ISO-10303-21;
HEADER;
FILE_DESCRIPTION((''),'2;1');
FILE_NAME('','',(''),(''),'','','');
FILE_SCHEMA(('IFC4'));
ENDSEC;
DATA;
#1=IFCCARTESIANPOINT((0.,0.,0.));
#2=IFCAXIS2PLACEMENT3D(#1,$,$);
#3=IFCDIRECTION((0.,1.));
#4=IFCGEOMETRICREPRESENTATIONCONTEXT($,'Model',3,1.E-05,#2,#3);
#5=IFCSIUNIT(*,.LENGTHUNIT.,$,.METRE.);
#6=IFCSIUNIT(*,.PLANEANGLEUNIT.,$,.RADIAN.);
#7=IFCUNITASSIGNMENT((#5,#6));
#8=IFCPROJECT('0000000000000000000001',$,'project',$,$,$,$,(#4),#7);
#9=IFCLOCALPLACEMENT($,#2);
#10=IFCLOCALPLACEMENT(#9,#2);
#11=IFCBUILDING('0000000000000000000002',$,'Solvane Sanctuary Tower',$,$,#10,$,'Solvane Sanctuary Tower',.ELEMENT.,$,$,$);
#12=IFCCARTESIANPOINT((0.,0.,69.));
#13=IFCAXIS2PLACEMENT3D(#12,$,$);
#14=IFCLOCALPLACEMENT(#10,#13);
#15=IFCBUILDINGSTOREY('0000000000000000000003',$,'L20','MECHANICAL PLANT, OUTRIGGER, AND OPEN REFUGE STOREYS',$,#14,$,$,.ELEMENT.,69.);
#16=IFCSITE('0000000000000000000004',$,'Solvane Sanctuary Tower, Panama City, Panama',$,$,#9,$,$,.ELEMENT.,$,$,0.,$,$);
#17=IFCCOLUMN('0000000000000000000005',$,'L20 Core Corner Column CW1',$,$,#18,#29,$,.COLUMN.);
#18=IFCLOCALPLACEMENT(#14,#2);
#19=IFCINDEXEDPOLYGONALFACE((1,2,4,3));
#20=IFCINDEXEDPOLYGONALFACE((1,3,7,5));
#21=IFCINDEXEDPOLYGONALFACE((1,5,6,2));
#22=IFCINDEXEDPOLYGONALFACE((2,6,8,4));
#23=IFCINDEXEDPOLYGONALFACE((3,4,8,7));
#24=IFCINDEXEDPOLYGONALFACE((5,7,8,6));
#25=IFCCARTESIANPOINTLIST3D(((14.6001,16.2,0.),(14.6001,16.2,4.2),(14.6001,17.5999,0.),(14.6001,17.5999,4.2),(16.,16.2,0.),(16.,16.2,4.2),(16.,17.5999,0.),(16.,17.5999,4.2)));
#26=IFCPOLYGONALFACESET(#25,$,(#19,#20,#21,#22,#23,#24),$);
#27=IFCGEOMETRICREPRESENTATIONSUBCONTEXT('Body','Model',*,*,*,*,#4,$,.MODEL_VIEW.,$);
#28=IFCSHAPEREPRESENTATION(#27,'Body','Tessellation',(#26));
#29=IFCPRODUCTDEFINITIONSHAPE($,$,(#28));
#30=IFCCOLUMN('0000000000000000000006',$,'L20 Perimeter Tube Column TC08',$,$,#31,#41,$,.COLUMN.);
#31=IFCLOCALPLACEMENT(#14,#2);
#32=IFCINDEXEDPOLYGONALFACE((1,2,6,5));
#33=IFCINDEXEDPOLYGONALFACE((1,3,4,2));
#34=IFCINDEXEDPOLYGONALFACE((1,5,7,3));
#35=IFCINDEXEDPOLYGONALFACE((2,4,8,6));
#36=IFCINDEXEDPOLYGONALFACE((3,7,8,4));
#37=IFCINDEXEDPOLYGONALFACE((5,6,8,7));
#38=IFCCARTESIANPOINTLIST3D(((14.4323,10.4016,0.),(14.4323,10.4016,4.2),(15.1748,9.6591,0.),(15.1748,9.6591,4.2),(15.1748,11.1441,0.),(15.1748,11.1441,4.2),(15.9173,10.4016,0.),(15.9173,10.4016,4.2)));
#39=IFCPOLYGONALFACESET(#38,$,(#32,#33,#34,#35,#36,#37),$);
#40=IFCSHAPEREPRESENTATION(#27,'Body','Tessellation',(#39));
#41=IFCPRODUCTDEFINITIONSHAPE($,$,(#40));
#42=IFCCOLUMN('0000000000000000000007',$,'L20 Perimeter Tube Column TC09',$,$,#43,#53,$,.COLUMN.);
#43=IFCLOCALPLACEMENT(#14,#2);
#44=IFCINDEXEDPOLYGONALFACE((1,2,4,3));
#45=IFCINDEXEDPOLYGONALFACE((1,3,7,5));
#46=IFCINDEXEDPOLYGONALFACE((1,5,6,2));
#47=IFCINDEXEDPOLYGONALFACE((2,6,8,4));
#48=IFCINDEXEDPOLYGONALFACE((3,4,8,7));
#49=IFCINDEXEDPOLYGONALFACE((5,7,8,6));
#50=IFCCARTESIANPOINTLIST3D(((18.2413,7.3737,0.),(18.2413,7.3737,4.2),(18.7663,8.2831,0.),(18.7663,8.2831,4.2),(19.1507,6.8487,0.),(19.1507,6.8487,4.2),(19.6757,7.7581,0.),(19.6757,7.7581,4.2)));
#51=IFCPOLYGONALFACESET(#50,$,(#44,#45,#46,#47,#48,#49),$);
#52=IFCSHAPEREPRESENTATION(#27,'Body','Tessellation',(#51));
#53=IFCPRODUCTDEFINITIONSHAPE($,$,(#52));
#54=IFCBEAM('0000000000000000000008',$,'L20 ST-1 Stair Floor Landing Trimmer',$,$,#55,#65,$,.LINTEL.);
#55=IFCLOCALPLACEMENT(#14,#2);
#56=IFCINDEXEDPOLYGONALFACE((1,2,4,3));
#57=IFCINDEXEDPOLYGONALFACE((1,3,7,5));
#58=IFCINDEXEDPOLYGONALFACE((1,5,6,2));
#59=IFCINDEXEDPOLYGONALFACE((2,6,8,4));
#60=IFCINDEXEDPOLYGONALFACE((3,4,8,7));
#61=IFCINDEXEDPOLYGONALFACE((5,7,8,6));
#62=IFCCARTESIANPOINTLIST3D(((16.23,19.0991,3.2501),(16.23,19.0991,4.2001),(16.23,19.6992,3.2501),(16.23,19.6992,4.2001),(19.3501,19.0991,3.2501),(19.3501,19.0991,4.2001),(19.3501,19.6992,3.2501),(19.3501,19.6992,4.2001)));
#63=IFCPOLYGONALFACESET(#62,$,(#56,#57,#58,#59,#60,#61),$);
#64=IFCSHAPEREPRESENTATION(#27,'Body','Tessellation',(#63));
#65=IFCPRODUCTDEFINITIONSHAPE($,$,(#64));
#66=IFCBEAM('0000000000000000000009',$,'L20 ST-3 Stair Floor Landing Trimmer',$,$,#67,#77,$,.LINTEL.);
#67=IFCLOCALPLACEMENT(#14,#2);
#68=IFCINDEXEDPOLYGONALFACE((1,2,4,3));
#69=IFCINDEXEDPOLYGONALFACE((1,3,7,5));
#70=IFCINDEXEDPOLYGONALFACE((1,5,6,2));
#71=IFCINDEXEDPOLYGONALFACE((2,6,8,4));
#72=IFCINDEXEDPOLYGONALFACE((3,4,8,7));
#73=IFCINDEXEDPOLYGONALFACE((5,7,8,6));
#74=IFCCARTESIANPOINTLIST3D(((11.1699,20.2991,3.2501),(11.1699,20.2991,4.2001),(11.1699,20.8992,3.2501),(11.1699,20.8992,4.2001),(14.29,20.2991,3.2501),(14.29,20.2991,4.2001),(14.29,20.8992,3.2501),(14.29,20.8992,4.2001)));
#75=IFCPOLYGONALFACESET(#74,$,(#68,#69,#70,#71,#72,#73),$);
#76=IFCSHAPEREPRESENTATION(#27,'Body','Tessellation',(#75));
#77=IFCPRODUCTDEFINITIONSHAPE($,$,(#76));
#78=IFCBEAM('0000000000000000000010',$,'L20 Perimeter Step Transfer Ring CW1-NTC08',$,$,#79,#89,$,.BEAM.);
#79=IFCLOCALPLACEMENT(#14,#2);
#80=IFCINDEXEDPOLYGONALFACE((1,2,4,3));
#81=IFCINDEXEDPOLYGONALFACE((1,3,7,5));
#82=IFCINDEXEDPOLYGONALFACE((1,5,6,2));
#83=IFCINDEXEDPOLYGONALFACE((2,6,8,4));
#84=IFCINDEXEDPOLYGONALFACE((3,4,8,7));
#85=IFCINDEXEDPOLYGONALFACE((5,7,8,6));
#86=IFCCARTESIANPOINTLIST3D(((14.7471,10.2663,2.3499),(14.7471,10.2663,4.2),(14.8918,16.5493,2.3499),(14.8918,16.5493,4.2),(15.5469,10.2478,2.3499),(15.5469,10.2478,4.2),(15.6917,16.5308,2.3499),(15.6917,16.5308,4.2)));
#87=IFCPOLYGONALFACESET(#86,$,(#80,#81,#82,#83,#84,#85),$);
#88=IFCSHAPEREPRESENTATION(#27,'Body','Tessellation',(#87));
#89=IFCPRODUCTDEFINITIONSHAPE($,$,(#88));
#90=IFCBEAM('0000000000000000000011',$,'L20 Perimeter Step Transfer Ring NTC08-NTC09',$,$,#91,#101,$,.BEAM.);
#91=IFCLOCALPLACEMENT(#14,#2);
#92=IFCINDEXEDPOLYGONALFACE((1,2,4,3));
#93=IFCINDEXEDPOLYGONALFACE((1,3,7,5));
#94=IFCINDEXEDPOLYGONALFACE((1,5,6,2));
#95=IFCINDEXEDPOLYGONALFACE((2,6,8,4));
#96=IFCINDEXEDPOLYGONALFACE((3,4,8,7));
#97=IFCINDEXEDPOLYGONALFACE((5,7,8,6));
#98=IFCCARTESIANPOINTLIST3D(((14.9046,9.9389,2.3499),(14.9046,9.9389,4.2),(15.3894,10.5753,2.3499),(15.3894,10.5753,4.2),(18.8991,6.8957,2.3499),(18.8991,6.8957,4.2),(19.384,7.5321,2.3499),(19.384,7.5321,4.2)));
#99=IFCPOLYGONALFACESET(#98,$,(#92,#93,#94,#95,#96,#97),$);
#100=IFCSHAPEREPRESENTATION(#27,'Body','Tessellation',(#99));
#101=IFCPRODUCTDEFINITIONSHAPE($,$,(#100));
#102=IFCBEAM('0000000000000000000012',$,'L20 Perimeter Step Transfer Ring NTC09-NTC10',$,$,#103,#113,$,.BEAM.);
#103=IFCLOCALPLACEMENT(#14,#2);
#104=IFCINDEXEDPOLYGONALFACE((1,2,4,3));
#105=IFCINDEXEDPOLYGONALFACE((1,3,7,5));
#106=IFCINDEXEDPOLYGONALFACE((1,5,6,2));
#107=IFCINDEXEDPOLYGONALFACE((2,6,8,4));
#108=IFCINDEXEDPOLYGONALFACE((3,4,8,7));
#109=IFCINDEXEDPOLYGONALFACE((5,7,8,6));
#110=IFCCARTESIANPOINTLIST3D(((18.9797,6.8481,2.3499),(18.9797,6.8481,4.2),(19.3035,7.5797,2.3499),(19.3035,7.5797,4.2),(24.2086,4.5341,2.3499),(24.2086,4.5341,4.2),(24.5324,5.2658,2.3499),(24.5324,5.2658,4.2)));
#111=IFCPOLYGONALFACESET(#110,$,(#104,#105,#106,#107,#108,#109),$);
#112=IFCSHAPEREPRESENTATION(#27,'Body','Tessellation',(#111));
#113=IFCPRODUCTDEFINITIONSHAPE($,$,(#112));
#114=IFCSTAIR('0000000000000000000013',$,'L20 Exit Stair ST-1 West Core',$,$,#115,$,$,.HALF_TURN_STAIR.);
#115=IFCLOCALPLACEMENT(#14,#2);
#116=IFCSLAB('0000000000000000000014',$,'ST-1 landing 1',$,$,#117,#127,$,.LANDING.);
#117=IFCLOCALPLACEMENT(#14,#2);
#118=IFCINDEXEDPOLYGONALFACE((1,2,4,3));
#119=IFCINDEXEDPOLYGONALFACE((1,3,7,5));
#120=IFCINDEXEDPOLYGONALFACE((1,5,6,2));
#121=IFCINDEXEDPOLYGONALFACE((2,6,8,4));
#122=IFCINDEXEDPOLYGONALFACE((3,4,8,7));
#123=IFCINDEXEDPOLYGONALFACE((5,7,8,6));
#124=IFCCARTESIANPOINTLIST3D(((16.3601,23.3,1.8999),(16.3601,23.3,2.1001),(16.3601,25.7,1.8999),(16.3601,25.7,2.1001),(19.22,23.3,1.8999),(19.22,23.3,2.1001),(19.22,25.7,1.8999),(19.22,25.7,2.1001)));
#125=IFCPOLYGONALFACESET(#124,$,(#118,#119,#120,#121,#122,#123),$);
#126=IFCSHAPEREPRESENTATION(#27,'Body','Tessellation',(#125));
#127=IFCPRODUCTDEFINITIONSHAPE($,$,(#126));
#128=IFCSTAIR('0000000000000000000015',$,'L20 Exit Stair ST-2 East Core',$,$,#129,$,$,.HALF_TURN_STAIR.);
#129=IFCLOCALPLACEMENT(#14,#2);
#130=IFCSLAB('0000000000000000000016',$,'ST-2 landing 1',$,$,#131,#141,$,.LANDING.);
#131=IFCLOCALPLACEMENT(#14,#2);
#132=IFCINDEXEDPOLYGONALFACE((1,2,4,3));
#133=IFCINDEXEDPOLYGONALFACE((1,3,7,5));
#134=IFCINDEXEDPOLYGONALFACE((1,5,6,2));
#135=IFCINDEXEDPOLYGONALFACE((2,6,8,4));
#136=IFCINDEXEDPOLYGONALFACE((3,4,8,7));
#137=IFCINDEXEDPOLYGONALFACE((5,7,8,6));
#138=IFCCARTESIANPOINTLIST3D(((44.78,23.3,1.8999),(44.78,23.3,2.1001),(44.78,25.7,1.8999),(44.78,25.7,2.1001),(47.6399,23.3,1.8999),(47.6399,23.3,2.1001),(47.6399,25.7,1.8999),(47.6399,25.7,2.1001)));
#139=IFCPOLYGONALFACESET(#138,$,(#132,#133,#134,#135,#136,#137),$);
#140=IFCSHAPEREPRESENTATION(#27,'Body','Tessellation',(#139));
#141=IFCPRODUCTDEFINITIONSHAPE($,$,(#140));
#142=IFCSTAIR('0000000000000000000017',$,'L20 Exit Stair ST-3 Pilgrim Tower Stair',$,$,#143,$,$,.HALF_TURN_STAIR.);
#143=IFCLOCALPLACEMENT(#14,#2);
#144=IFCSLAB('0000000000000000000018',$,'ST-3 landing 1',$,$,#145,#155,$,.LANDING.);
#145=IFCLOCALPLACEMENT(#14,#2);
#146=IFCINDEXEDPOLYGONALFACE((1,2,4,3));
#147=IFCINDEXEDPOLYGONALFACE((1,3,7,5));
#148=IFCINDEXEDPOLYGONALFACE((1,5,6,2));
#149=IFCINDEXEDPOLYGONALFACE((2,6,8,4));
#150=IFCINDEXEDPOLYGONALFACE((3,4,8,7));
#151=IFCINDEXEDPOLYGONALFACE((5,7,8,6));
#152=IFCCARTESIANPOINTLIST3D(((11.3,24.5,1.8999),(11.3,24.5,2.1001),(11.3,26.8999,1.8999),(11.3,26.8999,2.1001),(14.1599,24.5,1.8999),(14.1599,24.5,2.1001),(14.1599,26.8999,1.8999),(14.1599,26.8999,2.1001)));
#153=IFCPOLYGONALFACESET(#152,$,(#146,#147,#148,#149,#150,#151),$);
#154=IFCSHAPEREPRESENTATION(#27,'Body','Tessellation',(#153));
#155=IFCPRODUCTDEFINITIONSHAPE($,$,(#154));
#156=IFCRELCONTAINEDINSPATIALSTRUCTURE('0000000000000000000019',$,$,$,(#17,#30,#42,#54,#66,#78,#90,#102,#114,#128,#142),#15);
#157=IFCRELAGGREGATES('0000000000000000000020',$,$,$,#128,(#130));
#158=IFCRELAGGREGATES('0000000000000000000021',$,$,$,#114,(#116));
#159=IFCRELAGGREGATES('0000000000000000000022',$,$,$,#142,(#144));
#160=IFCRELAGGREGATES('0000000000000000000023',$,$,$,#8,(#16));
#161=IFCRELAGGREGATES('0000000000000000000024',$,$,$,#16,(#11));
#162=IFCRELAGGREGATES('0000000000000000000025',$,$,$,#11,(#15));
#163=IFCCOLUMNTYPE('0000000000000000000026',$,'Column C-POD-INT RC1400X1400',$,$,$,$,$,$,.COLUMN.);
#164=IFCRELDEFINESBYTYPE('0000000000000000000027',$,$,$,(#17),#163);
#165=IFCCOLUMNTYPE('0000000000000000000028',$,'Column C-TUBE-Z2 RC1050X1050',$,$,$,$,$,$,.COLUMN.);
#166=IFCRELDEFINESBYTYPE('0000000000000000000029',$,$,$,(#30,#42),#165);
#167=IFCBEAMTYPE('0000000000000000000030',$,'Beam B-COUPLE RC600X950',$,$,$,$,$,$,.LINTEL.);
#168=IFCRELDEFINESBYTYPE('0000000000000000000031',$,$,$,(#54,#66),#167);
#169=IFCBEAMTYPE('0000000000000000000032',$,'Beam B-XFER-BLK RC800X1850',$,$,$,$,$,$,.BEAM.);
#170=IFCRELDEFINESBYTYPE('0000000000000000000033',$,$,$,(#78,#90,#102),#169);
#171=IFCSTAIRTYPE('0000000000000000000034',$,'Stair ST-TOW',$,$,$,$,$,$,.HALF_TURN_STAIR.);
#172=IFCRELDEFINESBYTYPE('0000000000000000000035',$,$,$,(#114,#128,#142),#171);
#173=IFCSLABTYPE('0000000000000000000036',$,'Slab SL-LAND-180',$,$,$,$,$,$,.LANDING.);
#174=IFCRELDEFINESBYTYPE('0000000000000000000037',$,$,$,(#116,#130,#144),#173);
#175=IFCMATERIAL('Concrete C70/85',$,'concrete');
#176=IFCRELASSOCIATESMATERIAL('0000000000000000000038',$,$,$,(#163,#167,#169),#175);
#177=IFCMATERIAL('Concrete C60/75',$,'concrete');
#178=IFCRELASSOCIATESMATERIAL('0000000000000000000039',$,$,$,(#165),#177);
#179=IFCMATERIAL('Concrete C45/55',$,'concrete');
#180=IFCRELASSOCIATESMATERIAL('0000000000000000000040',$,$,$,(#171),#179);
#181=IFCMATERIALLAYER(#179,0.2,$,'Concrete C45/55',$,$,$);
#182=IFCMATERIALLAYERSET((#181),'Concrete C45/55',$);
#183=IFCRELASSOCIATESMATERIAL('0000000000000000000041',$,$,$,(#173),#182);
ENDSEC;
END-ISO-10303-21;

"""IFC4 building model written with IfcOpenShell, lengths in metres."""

from ifc_helpers import new_model, si_unit, direction, frame, origin, origin_2d, place, context, subcontext, project, spatial, polyline, rectangle, outline, extrude, material, layer, layer_set, material_profile, profile_set, type_object, element, aggregate, save


model = new_model("IFC4")

# Units and contexts
model_context = context("Model", 3, precision=1e-05, world=origin(), true_north=direction((0.0, 1.0)))
body_context = subcontext(model_context, "Body", "Model", "MODEL_VIEW")
ifc_project = project(units=[si_unit("LENGTHUNIT", "METRE"), si_unit("PLANEANGLEUNIT", "RADIAN")], contexts=[model_context])

# Site, building, storey
site_placement = place(None, origin())
site = spatial("IfcSite", under=ifc_project, at=site_placement, Name="Solvane Sanctuary Tower, Panama City, Panama", CompositionType="ELEMENT", RefElevation=0.0)
building_placement = place(site_placement, origin())
building = spatial("IfcBuilding", under=site, at=building_placement, Name="Solvane Sanctuary Tower", LongName="Solvane Sanctuary Tower", CompositionType="ELEMENT")
storey_placement = place(building_placement, frame((0.0, 0.0, 69.0)))
storey = spatial("IfcBuildingStorey", under=building, at=storey_placement, Name="L20", Description="MECHANICAL PLANT, OUTRIGGER, AND OPEN REFUGE STOREYS", CompositionType="ELEMENT", Elevation=69.0)

# Columns
ifc_material_1 = material(Name="Concrete C70/85", Category="concrete")
ifc_material_profile_1 = material_profile(ifc_material_1, rectangle(XDim=1.3999, YDim=1.3999, at=origin_2d()), Name="RC1400X1400")
ifc_profile_set_1 = profile_set([ifc_material_profile_1], Name="Concrete C70/85")
column_type_1 = type_object("IfcColumnType", Name="Column C-POD-INT RC1400X1400", PredefinedType="COLUMN", material=ifc_profile_set_1)
column_placement = place(storey_placement, frame((15.3, 16.8999, 0.0), z_axis=(0.0, 0.0, 1.0), x_axis=(1.0, 0.0, 0.0)))
element("IfcColumn", 1, at=column_placement, inside=storey, type_object=column_type_1, Name="L20 Core Corner Column CW1", PredefinedType="COLUMN", context=body_context, shape_type="SweptSolid", body=[
    extrude(rectangle(XDim=1.3999, YDim=1.3999, at=origin_2d()), origin(), (0.0, 0.0, 1.0), 4.2),
])
ifc_material_2 = material(Name="Concrete C60/75", Category="concrete")
ifc_material_profile_2 = material_profile(ifc_material_2, rectangle(XDim=1.05, YDim=1.05, at=origin_2d()), Name="RC1050X1050")
ifc_profile_set_2 = profile_set([ifc_material_profile_2], Name="Concrete C60/75")
column_type_2 = type_object("IfcColumnType", Name="Column C-TUBE-Z2 RC1050X1050", PredefinedType="COLUMN", material=ifc_profile_set_2)
for number, where, z_axis, x_axis, name in (
    (2, (15.1748, 10.4016, 0.0), (0.0, 0.0, 1.0), (-0.707107, -0.707107, 0.0), "L20 Perimeter Tube Column TC08"),
    (3, (18.9585, 7.5659, 0.0), (0.0, 0.0, 1.0), (-0.5, -0.866025, 0.0), "L20 Perimeter Tube Column TC09"),
):
    element("IfcColumn", number, at=place(storey_placement, frame(where, z_axis=z_axis, x_axis=x_axis)), inside=storey, type_object=column_type_2, Name=name, PredefinedType="COLUMN", context=body_context, shape_type="SweptSolid", body=[
        extrude(rectangle(XDim=1.05, YDim=1.05, at=origin_2d()), origin(), (0.0, 0.0, 1.0), 4.2),
    ])

# Beams
ifc_material_profile_3 = material_profile(ifc_material_1, rectangle(XDim=0.6001, YDim=0.95, at=origin_2d()), Name="RC600X950")
ifc_profile_set_3 = profile_set([ifc_material_profile_3], Name="Concrete C70/85")
beam_type_1 = type_object("IfcBeamType", Name="Beam B-COUPLE RC600X950", PredefinedType="LINTEL", material=ifc_profile_set_3)
for number, where, z_axis, x_axis, name in (
    (4, (16.23, 19.3992, 3.7251), (1.0, 0.0, 0.0), (0.0, 1.0, 0.0), "L20 ST-1 Stair Floor Landing Trimmer"),
    (5, (11.1699, 20.5991, 3.7251), (1.0, 0.0, 0.0), (0.0, 1.0, 0.0), "L20 ST-3 Stair Floor Landing Trimmer"),
):
    element("IfcBeam", number, at=place(storey_placement, frame(where, z_axis=z_axis, x_axis=x_axis)), inside=storey, type_object=beam_type_1, Name=name, PredefinedType="LINTEL", context=body_context, shape_type="SweptSolid", body=[
        extrude(rectangle(XDim=0.6001, YDim=0.95, at=origin_2d()), origin(), (0.0, 0.0, 1.0), 3.1201),
    ])
ifc_material_profile_4 = material_profile(ifc_material_1, rectangle(XDim=0.8, YDim=1.8501, at=origin_2d()), Name="RC800X1850")
ifc_profile_set_4 = profile_set([ifc_material_profile_4], Name="Concrete C70/85")
beam_type_2 = type_object("IfcBeamType", Name="Beam B-XFER-BLK RC800X1850", PredefinedType="BEAM", material=ifc_profile_set_4)
beam_1_placement = place(storey_placement, frame((15.2917, 16.54, 3.2749), z_axis=(-0.023036, -0.999735, 0.0), x_axis=(0.999735, -0.023036, 0.0)))
element("IfcBeam", 6, at=beam_1_placement, inside=storey, type_object=beam_type_2, Name="L20 Perimeter Step Transfer Ring CW1-NTC08", PredefinedType="BEAM", context=body_context, shape_type="SweptSolid", body=[
    extrude(rectangle(XDim=0.8, YDim=1.8501, at=origin_2d()), origin(), (0.0, 0.0, 1.0), 6.2847),
])
beam_2_placement = place(storey_placement, frame((15.147, 10.2571, 3.2749), z_axis=(0.795462, -0.606004, 0.0), x_axis=(0.606004, 0.795462, 0.0)))
element("IfcBeam", 7, at=beam_2_placement, inside=storey, type_object=beam_type_2, Name="L20 Perimeter Step Transfer Ring NTC08-NTC09", PredefinedType="BEAM", context=body_context, shape_type="SweptSolid", body=[
    extrude(rectangle(XDim=0.8, YDim=1.8501, at=origin_2d()), origin(), (0.0, 0.0, 1.0), 5.0217),
])
beam_3_placement = place(storey_placement, frame((19.1416, 7.2139, 3.2749), z_axis=(0.914462, -0.404672, 0.0), x_axis=(0.404672, 0.914462, 0.0)))
element("IfcBeam", 8, at=beam_3_placement, inside=storey, type_object=beam_type_2, Name="L20 Perimeter Step Transfer Ring NTC09-NTC10", PredefinedType="BEAM", context=body_context, shape_type="SweptSolid", body=[
    extrude(rectangle(XDim=0.8, YDim=1.8501, at=origin_2d()), origin(), (0.0, 0.0, 1.0), 5.718),
])

# Stairs, slabs
ifc_material_3 = material(Name="Concrete C45/55", Category="concrete")
stair_type = type_object("IfcStairType", Name="Stair ST-TOW", PredefinedType="HALF_TURN_STAIR", material=ifc_material_3)
stair_1_placement = place(storey_placement, origin())
stair_1 = element("IfcStair", 9, at=stair_1_placement, inside=storey, type_object=stair_type, Name="L20 Exit Stair ST-1 West Core", PredefinedType="HALF_TURN_STAIR")
ifc_layer_1 = layer(ifc_material_3, 0.2, Name="Concrete C45/55")
ifc_layer_set_1 = layer_set([ifc_layer_1], Name="Concrete C45/55")
slab_type_1 = type_object("IfcSlabType", Name="Slab SL-LAND-180", PredefinedType="LANDING", material=ifc_layer_set_1)
slab_1_placement = place(storey_placement, frame((0.0, 0.0, 1.8999)))
slab_1 = element("IfcSlab", 10, at=slab_1_placement, type_object=slab_type_1, Name="ST-1 landing 1", PredefinedType="LANDING", context=body_context, shape_type="SweptSolid", body=[
    extrude(outline(polyline([(19.22, 23.3), (19.22, 25.7), (16.3601, 25.7), (16.3601, 23.3), (19.22, 23.3)])), origin(), (0.0, 0.0, 1.0), 0.2002),
])
stair_2_placement = place(storey_placement, origin())
stair_2 = element("IfcStair", 11, at=stair_2_placement, inside=storey, type_object=stair_type, Name="L20 Exit Stair ST-2 East Core", PredefinedType="HALF_TURN_STAIR")
slab_2_placement = place(storey_placement, frame((0.0, 0.0, 1.8999)))
slab_2 = element("IfcSlab", 12, at=slab_2_placement, type_object=slab_type_1, Name="ST-2 landing 1", PredefinedType="LANDING", context=body_context, shape_type="SweptSolid", body=[
    extrude(outline(polyline([(47.6399, 23.3), (47.6399, 25.7), (44.78, 25.7), (44.78, 23.3), (47.6399, 23.3)])), origin(), (0.0, 0.0, 1.0), 0.2002),
])
aggregate(stair_2, [slab_2])
stair_3_placement = place(storey_placement, origin())
stair_3 = element("IfcStair", 13, at=stair_3_placement, inside=storey, type_object=stair_type, Name="L20 Exit Stair ST-3 Pilgrim Tower Stair", PredefinedType="HALF_TURN_STAIR")
slab_3_placement = place(storey_placement, frame((0.0, 0.0, 1.8999)))
slab_3 = element("IfcSlab", 14, at=slab_3_placement, type_object=slab_type_1, Name="ST-3 landing 1", PredefinedType="LANDING", context=body_context, shape_type="SweptSolid", body=[
    extrude(outline(polyline([(14.1599, 24.5), (14.1599, 26.8999), (11.3, 26.8999), (11.3, 24.5), (14.1599, 24.5)])), origin(), (0.0, 0.0, 1.0), 0.2002),
])

aggregate(stair_1, [slab_1])
aggregate(stair_3, [slab_3])

save(model, "model.ifc")
